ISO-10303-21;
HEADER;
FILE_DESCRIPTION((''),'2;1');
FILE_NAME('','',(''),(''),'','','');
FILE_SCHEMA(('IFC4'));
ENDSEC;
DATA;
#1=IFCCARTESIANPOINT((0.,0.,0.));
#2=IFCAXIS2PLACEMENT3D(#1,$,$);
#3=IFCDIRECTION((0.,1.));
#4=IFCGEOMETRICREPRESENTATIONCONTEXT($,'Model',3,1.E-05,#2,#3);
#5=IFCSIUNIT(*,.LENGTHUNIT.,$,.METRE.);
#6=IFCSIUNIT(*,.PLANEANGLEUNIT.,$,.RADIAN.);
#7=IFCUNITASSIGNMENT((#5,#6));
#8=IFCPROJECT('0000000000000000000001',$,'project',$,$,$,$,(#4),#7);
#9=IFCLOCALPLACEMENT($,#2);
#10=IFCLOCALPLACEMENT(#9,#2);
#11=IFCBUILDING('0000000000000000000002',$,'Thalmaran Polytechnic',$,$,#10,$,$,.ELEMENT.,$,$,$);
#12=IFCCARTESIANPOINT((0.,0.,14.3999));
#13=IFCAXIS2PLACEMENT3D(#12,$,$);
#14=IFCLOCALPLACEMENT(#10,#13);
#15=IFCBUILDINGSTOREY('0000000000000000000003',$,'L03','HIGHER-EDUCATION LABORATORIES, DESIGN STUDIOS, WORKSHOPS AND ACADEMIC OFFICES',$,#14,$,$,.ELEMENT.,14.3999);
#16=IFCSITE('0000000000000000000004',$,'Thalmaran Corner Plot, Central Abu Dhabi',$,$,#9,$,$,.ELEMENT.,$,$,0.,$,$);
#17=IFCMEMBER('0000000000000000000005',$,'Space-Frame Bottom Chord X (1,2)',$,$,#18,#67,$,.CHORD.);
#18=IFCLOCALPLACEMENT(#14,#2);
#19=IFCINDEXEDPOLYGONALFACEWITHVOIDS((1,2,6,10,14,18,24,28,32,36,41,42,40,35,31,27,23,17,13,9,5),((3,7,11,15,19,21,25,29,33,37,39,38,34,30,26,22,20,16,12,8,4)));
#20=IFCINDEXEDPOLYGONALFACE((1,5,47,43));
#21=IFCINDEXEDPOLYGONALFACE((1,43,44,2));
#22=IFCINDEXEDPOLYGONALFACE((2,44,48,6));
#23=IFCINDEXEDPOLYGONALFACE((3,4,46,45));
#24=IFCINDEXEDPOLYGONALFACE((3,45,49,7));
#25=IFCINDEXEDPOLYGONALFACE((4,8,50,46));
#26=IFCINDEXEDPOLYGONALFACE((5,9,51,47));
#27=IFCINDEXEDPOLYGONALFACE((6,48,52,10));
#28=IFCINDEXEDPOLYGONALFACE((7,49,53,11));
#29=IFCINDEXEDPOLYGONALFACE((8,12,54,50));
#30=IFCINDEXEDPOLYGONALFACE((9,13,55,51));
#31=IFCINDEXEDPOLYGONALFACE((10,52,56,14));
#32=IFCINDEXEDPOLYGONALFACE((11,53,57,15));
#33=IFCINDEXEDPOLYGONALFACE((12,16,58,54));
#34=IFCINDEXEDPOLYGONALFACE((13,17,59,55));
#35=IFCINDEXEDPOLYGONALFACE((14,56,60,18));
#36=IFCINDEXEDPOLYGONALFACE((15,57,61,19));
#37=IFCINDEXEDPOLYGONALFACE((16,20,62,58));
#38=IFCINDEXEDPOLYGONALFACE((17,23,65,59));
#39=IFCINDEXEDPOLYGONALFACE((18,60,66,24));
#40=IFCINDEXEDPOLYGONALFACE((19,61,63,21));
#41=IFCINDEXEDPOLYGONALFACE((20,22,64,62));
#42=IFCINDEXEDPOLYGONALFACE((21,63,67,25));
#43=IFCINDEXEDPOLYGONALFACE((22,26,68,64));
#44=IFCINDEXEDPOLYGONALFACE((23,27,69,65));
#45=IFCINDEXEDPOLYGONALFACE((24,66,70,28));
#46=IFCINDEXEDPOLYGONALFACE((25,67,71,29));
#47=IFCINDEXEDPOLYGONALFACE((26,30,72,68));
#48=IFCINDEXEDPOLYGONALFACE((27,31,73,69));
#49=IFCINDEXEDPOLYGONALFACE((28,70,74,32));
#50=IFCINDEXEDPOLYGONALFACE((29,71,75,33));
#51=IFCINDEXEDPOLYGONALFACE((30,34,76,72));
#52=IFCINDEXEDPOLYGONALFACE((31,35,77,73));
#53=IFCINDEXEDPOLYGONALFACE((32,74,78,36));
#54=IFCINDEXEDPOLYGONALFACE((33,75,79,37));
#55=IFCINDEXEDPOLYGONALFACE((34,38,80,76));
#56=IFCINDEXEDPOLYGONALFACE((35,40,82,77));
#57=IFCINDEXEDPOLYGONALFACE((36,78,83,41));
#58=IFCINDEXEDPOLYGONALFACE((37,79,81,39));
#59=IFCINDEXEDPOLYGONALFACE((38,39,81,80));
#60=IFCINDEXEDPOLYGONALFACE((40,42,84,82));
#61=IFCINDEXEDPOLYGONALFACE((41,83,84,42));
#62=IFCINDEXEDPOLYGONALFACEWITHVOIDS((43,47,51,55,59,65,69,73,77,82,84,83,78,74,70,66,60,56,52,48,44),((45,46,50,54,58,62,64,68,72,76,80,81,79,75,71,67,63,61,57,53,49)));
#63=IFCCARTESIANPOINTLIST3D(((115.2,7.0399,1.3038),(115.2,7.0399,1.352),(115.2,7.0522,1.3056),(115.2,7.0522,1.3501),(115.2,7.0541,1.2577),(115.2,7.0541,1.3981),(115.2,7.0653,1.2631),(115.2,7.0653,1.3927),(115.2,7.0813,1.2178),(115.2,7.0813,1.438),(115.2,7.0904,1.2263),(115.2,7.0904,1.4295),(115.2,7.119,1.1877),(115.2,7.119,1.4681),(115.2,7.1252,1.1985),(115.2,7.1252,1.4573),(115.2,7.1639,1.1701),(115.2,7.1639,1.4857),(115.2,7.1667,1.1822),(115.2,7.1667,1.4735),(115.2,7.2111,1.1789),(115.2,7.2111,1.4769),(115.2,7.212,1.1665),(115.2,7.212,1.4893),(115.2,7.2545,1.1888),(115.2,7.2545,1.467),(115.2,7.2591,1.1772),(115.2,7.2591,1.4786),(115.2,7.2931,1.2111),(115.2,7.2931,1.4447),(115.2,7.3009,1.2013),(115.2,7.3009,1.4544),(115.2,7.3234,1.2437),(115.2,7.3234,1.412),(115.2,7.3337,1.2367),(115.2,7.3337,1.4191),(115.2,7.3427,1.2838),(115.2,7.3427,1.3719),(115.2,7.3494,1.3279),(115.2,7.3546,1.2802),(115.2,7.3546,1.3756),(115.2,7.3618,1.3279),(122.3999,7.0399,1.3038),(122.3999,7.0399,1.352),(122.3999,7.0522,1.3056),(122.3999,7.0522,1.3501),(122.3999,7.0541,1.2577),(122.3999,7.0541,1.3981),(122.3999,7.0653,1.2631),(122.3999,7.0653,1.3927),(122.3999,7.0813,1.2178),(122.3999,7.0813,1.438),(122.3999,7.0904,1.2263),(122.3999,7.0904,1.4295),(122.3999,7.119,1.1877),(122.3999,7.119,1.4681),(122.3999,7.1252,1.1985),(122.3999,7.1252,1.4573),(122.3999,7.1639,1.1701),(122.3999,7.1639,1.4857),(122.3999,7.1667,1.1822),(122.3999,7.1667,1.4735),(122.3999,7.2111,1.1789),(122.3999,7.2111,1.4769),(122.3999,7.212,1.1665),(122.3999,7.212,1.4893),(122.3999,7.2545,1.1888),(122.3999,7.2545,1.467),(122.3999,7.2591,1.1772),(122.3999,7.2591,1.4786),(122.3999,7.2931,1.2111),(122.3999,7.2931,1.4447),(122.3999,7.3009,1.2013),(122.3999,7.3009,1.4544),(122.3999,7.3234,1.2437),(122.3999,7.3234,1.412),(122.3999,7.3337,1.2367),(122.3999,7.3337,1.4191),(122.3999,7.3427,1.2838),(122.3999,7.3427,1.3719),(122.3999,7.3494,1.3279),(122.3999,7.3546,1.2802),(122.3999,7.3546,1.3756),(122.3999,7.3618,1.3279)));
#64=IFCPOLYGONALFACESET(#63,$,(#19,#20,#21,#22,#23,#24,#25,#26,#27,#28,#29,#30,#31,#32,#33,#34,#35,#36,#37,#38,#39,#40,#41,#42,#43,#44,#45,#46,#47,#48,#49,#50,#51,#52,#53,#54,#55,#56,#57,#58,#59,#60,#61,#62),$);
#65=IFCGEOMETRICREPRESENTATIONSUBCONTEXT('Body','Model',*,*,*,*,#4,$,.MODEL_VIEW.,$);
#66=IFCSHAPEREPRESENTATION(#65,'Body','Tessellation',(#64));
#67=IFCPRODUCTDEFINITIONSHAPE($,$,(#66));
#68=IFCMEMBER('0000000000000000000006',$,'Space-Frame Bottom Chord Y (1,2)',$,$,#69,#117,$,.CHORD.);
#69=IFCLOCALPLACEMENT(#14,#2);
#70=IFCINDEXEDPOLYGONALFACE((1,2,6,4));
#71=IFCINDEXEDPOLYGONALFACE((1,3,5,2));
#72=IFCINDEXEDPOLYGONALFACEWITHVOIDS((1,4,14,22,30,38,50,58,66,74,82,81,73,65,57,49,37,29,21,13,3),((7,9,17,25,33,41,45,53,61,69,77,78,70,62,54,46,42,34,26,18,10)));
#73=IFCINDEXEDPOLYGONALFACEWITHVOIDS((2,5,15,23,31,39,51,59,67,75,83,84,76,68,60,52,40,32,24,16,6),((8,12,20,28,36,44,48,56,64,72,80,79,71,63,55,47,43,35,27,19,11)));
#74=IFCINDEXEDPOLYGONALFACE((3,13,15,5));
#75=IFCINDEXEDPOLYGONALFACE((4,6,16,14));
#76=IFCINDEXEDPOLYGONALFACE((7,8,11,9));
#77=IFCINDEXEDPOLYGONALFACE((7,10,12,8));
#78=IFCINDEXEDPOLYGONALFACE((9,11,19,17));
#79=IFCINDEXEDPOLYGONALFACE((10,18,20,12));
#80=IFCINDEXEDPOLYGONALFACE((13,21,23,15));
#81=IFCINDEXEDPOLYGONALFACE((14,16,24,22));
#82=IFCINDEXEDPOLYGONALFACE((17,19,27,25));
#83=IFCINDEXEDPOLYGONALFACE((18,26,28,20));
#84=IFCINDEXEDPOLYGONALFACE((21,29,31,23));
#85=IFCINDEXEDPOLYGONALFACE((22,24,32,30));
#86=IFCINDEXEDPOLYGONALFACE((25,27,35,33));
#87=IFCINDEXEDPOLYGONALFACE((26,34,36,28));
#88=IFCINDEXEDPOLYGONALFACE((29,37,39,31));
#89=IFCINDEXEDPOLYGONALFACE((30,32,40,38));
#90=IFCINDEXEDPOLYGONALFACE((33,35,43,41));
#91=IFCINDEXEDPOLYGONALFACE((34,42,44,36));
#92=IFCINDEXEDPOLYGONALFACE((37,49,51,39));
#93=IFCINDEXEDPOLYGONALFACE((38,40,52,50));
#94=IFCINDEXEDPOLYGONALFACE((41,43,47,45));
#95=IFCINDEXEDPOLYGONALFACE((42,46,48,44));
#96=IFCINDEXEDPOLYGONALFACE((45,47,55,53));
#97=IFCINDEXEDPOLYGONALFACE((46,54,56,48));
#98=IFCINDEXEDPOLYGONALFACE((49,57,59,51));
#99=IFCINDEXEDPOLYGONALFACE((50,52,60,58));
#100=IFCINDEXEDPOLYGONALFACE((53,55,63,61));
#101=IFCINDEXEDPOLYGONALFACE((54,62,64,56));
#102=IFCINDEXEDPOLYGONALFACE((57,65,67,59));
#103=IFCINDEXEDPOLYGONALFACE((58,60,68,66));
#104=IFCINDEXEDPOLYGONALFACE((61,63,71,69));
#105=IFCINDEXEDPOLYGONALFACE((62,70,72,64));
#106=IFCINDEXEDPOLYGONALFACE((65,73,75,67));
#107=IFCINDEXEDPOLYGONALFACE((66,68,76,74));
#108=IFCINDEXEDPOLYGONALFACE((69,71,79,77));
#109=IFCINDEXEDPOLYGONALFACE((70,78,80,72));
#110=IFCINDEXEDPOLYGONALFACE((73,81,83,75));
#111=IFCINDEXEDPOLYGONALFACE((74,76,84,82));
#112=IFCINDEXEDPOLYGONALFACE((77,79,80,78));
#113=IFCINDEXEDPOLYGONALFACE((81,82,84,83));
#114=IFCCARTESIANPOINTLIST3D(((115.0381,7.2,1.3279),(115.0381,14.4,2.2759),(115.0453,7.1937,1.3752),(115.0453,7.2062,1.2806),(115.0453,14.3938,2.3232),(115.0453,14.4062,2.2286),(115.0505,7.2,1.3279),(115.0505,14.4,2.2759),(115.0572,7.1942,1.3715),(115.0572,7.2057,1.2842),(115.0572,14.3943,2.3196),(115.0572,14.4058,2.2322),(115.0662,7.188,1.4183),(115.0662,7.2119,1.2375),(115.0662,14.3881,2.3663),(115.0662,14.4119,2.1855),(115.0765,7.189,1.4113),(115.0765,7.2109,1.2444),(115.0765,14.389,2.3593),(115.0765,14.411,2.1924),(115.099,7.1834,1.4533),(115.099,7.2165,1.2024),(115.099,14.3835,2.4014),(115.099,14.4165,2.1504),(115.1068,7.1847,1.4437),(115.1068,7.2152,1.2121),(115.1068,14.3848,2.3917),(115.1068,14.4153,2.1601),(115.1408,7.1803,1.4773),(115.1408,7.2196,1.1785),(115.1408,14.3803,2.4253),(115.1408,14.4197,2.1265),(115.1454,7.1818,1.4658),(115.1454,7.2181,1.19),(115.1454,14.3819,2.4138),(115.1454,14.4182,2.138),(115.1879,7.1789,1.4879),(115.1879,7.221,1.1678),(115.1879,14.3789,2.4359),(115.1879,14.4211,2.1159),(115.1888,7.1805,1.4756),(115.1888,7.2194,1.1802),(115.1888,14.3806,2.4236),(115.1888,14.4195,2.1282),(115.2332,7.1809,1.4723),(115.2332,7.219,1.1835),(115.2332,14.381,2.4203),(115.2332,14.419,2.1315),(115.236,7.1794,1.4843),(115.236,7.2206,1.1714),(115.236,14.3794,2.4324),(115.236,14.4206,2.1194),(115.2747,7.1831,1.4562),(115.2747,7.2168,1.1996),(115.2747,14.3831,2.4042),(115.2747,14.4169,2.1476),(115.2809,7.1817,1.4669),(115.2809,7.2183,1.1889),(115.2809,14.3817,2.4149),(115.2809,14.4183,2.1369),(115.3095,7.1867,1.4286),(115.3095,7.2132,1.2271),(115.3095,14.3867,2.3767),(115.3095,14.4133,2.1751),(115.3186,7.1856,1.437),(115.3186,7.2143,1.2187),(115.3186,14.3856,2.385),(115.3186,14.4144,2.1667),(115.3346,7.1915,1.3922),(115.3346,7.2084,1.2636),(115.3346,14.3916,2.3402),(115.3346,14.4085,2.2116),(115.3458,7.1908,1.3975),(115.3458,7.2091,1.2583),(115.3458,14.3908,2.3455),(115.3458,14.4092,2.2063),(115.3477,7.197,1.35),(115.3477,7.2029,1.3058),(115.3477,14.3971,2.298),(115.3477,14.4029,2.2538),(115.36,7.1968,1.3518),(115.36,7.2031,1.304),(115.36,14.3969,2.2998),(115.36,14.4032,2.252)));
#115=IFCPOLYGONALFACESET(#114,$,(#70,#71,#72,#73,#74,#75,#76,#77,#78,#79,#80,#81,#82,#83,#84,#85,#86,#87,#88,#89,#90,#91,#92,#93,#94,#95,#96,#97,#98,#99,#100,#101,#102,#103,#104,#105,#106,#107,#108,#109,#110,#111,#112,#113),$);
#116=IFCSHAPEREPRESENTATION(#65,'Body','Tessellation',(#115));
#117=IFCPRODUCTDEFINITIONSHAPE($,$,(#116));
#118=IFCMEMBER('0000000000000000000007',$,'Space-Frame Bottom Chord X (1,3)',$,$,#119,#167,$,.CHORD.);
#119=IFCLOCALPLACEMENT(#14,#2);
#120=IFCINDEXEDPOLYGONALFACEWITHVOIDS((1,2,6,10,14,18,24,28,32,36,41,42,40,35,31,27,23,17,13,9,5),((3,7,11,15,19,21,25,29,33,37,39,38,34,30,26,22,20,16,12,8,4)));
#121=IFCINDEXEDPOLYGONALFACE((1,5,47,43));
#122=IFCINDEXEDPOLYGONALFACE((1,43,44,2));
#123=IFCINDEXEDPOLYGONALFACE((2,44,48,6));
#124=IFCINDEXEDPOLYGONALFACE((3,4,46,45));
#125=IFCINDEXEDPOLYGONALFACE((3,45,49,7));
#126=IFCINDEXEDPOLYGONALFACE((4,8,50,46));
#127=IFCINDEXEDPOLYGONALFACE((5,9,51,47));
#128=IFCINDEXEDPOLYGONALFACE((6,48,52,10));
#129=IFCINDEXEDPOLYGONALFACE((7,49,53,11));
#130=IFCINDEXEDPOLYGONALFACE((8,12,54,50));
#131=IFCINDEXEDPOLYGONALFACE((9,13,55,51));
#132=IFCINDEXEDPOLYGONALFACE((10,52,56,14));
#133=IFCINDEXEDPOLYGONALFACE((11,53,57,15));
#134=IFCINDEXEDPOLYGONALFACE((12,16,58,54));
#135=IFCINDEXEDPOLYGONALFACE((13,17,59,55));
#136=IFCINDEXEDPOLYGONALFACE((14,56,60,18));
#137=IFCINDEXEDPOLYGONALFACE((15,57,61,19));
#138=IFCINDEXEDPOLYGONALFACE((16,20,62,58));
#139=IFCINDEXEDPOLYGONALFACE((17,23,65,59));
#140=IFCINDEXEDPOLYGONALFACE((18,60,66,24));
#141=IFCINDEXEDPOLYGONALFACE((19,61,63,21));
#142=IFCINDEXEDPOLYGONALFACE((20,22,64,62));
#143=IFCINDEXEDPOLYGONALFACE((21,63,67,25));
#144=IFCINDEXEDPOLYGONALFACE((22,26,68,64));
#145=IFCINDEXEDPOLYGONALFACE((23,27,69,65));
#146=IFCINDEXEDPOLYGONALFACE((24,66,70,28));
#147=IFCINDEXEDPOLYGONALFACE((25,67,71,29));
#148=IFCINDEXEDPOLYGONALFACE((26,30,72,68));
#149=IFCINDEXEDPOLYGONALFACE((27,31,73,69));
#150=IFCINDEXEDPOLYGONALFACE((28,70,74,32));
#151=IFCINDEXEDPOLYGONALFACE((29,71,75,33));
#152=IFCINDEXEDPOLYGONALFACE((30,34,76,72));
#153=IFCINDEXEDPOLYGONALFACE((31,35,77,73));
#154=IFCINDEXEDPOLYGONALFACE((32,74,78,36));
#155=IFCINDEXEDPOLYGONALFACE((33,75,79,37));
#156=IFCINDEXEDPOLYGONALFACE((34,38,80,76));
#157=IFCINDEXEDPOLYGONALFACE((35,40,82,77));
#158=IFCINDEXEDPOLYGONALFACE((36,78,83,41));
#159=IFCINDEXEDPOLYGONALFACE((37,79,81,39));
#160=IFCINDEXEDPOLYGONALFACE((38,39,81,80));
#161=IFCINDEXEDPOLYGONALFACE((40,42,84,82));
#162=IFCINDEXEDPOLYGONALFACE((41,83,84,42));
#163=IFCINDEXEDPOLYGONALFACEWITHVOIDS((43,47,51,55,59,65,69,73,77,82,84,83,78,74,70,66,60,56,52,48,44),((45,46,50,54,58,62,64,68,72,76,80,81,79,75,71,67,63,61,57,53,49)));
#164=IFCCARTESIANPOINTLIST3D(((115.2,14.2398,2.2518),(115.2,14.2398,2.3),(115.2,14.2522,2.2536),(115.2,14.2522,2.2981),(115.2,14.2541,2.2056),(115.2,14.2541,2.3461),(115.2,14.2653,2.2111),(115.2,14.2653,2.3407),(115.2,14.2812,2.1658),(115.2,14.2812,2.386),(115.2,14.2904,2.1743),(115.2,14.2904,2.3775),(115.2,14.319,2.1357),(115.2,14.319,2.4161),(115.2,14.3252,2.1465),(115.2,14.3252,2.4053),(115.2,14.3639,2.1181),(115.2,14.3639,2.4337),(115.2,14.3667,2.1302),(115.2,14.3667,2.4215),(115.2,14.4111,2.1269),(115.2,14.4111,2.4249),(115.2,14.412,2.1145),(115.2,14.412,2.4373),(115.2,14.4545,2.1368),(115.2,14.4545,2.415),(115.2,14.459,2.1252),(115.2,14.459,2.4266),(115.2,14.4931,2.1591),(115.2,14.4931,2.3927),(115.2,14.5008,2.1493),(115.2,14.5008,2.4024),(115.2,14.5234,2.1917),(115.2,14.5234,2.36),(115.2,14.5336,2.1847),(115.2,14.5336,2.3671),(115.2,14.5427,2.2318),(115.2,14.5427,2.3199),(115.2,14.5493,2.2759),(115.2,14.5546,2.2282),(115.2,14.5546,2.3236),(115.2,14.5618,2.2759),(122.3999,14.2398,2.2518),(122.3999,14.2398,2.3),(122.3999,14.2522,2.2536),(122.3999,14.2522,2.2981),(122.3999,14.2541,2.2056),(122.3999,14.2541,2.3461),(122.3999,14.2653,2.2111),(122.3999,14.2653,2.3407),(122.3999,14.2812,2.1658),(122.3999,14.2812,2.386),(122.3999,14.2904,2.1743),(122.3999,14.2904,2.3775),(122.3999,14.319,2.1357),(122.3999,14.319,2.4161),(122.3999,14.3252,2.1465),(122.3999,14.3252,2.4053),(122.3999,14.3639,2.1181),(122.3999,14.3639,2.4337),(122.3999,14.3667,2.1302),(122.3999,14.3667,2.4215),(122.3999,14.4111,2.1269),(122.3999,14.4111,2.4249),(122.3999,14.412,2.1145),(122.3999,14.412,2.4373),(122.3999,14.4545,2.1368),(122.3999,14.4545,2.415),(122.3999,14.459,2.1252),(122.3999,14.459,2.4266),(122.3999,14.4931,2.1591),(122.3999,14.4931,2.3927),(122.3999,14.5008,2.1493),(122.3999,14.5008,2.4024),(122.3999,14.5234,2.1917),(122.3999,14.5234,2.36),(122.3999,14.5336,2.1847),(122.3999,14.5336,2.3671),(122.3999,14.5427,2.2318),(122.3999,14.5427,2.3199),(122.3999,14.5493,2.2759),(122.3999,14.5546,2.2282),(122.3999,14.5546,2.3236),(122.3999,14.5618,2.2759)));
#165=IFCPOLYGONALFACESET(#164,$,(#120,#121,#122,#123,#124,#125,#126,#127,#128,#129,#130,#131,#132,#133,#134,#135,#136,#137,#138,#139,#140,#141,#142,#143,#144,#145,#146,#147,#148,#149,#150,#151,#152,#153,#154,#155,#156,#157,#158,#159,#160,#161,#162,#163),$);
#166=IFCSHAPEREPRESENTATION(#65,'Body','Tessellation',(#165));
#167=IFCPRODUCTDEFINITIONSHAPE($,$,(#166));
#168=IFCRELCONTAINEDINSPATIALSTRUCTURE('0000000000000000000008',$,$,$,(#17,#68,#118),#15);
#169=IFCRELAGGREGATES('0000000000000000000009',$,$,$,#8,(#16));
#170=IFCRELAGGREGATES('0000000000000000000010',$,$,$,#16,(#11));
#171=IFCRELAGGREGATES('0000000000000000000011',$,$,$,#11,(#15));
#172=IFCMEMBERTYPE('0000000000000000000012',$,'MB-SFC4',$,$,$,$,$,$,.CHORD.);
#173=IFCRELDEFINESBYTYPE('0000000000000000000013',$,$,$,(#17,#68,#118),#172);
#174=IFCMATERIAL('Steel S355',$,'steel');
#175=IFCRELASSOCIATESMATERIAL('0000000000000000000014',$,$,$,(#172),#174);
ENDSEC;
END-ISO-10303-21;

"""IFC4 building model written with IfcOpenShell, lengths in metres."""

from ifc_helpers import new_model, si_unit, direction, frame, origin, origin_2d, place, context, subcontext, project, spatial, hollow_circle, extrude, material, material_profile, profile_set, type_object, element, save


model = new_model("IFC4")

# Units and contexts
model_context = context("Model", 3, precision=1e-05, world=origin(), true_north=direction((0.0, 1.0)))
body_context = subcontext(model_context, "Body", "Model", "MODEL_VIEW")
ifc_project = project(units=[si_unit("LENGTHUNIT", "METRE"), si_unit("PLANEANGLEUNIT", "RADIAN")], contexts=[model_context])

# Site, building, storey
site_placement = place(None, origin())
site = spatial("IfcSite", under=ifc_project, at=site_placement, Name="Thalmaran Corner Plot, Central Abu Dhabi", CompositionType="ELEMENT", RefElevation=0.0)
building_placement = place(site_placement, origin())
building = spatial("IfcBuilding", under=site, at=building_placement, Name="Thalmaran Polytechnic", CompositionType="ELEMENT")
storey_placement = place(building_placement, frame((0.0, 0.0, 14.3999)))
storey = spatial("IfcBuildingStorey", under=building, at=storey_placement, Name="L03", Description="HIGHER-EDUCATION LABORATORIES, DESIGN STUDIOS, WORKSHOPS AND ACADEMIC OFFICES", CompositionType="ELEMENT", Elevation=14.3999)

# Shared definitions
ifc_material_1 = material(Name="Steel S355", Category="steel")

# Members
ifc_material_profile_1 = material_profile(ifc_material_1, hollow_circle(Radius=0.1619, WallThickness=0.0125, at=origin_2d()), Name="CHS 323.9x12.5")
ifc_profile_set_1 = profile_set([ifc_material_profile_1], Name="Steel S355")
member_type_1 = type_object("IfcMemberType", Name="MB-SFC4", PredefinedType="CHORD", material=ifc_profile_set_1)
for number, where, z_axis, x_axis, name in (
    (1, (115.2, 7.2, 1.3279), (1.0, 0.0, 0.0), (0.0, 1.0, 0.0), "Space-Frame Bottom Chord X (1,2)"),
):
    element("IfcMember", number, at=place(storey_placement, frame(where, z_axis=z_axis, x_axis=x_axis)), inside=storey, type_object=member_type_1, Name=name, PredefinedType="CHORD", context=body_context, shape_type="SweptSolid", body=[
        extrude(hollow_circle(Radius=0.1619, WallThickness=0.0125, at=origin_2d()), origin(), (0.0, 0.0, 1.0), 7.2),
    ])
member_1_placement = place(storey_placement, frame((115.2, 7.2, 1.3279), z_axis=(0.0, 0.991443, 0.130541), x_axis=(-1.0, 0.0, 0.0)))
element("IfcMember", 2, at=member_1_placement, inside=storey, type_object=member_type_1, Name="Space-Frame Bottom Chord Y (1,2)", PredefinedType="CHORD", context=body_context, shape_type="SweptSolid", body=[
    extrude(hollow_circle(Radius=0.1619, WallThickness=0.0125, at=origin_2d()), origin(), (0.0, 0.0, 1.0), 7.2622),
])
member_2_placement = place(storey_placement, frame((115.2, 14.3999, 2.2759), z_axis=(1.0, 0.0, 0.0), x_axis=(0.0, 1.0, 0.0)))
element("IfcMember", 3, at=member_2_placement, inside=storey, type_object=member_type_1, Name="Space-Frame Bottom Chord X (1,3)", PredefinedType="CHORD", context=body_context, shape_type="SweptSolid", body=[
    extrude(hollow_circle(Radius=0.1619, WallThickness=0.0125, at=origin_2d()), origin(), (0.0, 0.0, 1.0), 7.2),
])

save(model, "model.ifc")
